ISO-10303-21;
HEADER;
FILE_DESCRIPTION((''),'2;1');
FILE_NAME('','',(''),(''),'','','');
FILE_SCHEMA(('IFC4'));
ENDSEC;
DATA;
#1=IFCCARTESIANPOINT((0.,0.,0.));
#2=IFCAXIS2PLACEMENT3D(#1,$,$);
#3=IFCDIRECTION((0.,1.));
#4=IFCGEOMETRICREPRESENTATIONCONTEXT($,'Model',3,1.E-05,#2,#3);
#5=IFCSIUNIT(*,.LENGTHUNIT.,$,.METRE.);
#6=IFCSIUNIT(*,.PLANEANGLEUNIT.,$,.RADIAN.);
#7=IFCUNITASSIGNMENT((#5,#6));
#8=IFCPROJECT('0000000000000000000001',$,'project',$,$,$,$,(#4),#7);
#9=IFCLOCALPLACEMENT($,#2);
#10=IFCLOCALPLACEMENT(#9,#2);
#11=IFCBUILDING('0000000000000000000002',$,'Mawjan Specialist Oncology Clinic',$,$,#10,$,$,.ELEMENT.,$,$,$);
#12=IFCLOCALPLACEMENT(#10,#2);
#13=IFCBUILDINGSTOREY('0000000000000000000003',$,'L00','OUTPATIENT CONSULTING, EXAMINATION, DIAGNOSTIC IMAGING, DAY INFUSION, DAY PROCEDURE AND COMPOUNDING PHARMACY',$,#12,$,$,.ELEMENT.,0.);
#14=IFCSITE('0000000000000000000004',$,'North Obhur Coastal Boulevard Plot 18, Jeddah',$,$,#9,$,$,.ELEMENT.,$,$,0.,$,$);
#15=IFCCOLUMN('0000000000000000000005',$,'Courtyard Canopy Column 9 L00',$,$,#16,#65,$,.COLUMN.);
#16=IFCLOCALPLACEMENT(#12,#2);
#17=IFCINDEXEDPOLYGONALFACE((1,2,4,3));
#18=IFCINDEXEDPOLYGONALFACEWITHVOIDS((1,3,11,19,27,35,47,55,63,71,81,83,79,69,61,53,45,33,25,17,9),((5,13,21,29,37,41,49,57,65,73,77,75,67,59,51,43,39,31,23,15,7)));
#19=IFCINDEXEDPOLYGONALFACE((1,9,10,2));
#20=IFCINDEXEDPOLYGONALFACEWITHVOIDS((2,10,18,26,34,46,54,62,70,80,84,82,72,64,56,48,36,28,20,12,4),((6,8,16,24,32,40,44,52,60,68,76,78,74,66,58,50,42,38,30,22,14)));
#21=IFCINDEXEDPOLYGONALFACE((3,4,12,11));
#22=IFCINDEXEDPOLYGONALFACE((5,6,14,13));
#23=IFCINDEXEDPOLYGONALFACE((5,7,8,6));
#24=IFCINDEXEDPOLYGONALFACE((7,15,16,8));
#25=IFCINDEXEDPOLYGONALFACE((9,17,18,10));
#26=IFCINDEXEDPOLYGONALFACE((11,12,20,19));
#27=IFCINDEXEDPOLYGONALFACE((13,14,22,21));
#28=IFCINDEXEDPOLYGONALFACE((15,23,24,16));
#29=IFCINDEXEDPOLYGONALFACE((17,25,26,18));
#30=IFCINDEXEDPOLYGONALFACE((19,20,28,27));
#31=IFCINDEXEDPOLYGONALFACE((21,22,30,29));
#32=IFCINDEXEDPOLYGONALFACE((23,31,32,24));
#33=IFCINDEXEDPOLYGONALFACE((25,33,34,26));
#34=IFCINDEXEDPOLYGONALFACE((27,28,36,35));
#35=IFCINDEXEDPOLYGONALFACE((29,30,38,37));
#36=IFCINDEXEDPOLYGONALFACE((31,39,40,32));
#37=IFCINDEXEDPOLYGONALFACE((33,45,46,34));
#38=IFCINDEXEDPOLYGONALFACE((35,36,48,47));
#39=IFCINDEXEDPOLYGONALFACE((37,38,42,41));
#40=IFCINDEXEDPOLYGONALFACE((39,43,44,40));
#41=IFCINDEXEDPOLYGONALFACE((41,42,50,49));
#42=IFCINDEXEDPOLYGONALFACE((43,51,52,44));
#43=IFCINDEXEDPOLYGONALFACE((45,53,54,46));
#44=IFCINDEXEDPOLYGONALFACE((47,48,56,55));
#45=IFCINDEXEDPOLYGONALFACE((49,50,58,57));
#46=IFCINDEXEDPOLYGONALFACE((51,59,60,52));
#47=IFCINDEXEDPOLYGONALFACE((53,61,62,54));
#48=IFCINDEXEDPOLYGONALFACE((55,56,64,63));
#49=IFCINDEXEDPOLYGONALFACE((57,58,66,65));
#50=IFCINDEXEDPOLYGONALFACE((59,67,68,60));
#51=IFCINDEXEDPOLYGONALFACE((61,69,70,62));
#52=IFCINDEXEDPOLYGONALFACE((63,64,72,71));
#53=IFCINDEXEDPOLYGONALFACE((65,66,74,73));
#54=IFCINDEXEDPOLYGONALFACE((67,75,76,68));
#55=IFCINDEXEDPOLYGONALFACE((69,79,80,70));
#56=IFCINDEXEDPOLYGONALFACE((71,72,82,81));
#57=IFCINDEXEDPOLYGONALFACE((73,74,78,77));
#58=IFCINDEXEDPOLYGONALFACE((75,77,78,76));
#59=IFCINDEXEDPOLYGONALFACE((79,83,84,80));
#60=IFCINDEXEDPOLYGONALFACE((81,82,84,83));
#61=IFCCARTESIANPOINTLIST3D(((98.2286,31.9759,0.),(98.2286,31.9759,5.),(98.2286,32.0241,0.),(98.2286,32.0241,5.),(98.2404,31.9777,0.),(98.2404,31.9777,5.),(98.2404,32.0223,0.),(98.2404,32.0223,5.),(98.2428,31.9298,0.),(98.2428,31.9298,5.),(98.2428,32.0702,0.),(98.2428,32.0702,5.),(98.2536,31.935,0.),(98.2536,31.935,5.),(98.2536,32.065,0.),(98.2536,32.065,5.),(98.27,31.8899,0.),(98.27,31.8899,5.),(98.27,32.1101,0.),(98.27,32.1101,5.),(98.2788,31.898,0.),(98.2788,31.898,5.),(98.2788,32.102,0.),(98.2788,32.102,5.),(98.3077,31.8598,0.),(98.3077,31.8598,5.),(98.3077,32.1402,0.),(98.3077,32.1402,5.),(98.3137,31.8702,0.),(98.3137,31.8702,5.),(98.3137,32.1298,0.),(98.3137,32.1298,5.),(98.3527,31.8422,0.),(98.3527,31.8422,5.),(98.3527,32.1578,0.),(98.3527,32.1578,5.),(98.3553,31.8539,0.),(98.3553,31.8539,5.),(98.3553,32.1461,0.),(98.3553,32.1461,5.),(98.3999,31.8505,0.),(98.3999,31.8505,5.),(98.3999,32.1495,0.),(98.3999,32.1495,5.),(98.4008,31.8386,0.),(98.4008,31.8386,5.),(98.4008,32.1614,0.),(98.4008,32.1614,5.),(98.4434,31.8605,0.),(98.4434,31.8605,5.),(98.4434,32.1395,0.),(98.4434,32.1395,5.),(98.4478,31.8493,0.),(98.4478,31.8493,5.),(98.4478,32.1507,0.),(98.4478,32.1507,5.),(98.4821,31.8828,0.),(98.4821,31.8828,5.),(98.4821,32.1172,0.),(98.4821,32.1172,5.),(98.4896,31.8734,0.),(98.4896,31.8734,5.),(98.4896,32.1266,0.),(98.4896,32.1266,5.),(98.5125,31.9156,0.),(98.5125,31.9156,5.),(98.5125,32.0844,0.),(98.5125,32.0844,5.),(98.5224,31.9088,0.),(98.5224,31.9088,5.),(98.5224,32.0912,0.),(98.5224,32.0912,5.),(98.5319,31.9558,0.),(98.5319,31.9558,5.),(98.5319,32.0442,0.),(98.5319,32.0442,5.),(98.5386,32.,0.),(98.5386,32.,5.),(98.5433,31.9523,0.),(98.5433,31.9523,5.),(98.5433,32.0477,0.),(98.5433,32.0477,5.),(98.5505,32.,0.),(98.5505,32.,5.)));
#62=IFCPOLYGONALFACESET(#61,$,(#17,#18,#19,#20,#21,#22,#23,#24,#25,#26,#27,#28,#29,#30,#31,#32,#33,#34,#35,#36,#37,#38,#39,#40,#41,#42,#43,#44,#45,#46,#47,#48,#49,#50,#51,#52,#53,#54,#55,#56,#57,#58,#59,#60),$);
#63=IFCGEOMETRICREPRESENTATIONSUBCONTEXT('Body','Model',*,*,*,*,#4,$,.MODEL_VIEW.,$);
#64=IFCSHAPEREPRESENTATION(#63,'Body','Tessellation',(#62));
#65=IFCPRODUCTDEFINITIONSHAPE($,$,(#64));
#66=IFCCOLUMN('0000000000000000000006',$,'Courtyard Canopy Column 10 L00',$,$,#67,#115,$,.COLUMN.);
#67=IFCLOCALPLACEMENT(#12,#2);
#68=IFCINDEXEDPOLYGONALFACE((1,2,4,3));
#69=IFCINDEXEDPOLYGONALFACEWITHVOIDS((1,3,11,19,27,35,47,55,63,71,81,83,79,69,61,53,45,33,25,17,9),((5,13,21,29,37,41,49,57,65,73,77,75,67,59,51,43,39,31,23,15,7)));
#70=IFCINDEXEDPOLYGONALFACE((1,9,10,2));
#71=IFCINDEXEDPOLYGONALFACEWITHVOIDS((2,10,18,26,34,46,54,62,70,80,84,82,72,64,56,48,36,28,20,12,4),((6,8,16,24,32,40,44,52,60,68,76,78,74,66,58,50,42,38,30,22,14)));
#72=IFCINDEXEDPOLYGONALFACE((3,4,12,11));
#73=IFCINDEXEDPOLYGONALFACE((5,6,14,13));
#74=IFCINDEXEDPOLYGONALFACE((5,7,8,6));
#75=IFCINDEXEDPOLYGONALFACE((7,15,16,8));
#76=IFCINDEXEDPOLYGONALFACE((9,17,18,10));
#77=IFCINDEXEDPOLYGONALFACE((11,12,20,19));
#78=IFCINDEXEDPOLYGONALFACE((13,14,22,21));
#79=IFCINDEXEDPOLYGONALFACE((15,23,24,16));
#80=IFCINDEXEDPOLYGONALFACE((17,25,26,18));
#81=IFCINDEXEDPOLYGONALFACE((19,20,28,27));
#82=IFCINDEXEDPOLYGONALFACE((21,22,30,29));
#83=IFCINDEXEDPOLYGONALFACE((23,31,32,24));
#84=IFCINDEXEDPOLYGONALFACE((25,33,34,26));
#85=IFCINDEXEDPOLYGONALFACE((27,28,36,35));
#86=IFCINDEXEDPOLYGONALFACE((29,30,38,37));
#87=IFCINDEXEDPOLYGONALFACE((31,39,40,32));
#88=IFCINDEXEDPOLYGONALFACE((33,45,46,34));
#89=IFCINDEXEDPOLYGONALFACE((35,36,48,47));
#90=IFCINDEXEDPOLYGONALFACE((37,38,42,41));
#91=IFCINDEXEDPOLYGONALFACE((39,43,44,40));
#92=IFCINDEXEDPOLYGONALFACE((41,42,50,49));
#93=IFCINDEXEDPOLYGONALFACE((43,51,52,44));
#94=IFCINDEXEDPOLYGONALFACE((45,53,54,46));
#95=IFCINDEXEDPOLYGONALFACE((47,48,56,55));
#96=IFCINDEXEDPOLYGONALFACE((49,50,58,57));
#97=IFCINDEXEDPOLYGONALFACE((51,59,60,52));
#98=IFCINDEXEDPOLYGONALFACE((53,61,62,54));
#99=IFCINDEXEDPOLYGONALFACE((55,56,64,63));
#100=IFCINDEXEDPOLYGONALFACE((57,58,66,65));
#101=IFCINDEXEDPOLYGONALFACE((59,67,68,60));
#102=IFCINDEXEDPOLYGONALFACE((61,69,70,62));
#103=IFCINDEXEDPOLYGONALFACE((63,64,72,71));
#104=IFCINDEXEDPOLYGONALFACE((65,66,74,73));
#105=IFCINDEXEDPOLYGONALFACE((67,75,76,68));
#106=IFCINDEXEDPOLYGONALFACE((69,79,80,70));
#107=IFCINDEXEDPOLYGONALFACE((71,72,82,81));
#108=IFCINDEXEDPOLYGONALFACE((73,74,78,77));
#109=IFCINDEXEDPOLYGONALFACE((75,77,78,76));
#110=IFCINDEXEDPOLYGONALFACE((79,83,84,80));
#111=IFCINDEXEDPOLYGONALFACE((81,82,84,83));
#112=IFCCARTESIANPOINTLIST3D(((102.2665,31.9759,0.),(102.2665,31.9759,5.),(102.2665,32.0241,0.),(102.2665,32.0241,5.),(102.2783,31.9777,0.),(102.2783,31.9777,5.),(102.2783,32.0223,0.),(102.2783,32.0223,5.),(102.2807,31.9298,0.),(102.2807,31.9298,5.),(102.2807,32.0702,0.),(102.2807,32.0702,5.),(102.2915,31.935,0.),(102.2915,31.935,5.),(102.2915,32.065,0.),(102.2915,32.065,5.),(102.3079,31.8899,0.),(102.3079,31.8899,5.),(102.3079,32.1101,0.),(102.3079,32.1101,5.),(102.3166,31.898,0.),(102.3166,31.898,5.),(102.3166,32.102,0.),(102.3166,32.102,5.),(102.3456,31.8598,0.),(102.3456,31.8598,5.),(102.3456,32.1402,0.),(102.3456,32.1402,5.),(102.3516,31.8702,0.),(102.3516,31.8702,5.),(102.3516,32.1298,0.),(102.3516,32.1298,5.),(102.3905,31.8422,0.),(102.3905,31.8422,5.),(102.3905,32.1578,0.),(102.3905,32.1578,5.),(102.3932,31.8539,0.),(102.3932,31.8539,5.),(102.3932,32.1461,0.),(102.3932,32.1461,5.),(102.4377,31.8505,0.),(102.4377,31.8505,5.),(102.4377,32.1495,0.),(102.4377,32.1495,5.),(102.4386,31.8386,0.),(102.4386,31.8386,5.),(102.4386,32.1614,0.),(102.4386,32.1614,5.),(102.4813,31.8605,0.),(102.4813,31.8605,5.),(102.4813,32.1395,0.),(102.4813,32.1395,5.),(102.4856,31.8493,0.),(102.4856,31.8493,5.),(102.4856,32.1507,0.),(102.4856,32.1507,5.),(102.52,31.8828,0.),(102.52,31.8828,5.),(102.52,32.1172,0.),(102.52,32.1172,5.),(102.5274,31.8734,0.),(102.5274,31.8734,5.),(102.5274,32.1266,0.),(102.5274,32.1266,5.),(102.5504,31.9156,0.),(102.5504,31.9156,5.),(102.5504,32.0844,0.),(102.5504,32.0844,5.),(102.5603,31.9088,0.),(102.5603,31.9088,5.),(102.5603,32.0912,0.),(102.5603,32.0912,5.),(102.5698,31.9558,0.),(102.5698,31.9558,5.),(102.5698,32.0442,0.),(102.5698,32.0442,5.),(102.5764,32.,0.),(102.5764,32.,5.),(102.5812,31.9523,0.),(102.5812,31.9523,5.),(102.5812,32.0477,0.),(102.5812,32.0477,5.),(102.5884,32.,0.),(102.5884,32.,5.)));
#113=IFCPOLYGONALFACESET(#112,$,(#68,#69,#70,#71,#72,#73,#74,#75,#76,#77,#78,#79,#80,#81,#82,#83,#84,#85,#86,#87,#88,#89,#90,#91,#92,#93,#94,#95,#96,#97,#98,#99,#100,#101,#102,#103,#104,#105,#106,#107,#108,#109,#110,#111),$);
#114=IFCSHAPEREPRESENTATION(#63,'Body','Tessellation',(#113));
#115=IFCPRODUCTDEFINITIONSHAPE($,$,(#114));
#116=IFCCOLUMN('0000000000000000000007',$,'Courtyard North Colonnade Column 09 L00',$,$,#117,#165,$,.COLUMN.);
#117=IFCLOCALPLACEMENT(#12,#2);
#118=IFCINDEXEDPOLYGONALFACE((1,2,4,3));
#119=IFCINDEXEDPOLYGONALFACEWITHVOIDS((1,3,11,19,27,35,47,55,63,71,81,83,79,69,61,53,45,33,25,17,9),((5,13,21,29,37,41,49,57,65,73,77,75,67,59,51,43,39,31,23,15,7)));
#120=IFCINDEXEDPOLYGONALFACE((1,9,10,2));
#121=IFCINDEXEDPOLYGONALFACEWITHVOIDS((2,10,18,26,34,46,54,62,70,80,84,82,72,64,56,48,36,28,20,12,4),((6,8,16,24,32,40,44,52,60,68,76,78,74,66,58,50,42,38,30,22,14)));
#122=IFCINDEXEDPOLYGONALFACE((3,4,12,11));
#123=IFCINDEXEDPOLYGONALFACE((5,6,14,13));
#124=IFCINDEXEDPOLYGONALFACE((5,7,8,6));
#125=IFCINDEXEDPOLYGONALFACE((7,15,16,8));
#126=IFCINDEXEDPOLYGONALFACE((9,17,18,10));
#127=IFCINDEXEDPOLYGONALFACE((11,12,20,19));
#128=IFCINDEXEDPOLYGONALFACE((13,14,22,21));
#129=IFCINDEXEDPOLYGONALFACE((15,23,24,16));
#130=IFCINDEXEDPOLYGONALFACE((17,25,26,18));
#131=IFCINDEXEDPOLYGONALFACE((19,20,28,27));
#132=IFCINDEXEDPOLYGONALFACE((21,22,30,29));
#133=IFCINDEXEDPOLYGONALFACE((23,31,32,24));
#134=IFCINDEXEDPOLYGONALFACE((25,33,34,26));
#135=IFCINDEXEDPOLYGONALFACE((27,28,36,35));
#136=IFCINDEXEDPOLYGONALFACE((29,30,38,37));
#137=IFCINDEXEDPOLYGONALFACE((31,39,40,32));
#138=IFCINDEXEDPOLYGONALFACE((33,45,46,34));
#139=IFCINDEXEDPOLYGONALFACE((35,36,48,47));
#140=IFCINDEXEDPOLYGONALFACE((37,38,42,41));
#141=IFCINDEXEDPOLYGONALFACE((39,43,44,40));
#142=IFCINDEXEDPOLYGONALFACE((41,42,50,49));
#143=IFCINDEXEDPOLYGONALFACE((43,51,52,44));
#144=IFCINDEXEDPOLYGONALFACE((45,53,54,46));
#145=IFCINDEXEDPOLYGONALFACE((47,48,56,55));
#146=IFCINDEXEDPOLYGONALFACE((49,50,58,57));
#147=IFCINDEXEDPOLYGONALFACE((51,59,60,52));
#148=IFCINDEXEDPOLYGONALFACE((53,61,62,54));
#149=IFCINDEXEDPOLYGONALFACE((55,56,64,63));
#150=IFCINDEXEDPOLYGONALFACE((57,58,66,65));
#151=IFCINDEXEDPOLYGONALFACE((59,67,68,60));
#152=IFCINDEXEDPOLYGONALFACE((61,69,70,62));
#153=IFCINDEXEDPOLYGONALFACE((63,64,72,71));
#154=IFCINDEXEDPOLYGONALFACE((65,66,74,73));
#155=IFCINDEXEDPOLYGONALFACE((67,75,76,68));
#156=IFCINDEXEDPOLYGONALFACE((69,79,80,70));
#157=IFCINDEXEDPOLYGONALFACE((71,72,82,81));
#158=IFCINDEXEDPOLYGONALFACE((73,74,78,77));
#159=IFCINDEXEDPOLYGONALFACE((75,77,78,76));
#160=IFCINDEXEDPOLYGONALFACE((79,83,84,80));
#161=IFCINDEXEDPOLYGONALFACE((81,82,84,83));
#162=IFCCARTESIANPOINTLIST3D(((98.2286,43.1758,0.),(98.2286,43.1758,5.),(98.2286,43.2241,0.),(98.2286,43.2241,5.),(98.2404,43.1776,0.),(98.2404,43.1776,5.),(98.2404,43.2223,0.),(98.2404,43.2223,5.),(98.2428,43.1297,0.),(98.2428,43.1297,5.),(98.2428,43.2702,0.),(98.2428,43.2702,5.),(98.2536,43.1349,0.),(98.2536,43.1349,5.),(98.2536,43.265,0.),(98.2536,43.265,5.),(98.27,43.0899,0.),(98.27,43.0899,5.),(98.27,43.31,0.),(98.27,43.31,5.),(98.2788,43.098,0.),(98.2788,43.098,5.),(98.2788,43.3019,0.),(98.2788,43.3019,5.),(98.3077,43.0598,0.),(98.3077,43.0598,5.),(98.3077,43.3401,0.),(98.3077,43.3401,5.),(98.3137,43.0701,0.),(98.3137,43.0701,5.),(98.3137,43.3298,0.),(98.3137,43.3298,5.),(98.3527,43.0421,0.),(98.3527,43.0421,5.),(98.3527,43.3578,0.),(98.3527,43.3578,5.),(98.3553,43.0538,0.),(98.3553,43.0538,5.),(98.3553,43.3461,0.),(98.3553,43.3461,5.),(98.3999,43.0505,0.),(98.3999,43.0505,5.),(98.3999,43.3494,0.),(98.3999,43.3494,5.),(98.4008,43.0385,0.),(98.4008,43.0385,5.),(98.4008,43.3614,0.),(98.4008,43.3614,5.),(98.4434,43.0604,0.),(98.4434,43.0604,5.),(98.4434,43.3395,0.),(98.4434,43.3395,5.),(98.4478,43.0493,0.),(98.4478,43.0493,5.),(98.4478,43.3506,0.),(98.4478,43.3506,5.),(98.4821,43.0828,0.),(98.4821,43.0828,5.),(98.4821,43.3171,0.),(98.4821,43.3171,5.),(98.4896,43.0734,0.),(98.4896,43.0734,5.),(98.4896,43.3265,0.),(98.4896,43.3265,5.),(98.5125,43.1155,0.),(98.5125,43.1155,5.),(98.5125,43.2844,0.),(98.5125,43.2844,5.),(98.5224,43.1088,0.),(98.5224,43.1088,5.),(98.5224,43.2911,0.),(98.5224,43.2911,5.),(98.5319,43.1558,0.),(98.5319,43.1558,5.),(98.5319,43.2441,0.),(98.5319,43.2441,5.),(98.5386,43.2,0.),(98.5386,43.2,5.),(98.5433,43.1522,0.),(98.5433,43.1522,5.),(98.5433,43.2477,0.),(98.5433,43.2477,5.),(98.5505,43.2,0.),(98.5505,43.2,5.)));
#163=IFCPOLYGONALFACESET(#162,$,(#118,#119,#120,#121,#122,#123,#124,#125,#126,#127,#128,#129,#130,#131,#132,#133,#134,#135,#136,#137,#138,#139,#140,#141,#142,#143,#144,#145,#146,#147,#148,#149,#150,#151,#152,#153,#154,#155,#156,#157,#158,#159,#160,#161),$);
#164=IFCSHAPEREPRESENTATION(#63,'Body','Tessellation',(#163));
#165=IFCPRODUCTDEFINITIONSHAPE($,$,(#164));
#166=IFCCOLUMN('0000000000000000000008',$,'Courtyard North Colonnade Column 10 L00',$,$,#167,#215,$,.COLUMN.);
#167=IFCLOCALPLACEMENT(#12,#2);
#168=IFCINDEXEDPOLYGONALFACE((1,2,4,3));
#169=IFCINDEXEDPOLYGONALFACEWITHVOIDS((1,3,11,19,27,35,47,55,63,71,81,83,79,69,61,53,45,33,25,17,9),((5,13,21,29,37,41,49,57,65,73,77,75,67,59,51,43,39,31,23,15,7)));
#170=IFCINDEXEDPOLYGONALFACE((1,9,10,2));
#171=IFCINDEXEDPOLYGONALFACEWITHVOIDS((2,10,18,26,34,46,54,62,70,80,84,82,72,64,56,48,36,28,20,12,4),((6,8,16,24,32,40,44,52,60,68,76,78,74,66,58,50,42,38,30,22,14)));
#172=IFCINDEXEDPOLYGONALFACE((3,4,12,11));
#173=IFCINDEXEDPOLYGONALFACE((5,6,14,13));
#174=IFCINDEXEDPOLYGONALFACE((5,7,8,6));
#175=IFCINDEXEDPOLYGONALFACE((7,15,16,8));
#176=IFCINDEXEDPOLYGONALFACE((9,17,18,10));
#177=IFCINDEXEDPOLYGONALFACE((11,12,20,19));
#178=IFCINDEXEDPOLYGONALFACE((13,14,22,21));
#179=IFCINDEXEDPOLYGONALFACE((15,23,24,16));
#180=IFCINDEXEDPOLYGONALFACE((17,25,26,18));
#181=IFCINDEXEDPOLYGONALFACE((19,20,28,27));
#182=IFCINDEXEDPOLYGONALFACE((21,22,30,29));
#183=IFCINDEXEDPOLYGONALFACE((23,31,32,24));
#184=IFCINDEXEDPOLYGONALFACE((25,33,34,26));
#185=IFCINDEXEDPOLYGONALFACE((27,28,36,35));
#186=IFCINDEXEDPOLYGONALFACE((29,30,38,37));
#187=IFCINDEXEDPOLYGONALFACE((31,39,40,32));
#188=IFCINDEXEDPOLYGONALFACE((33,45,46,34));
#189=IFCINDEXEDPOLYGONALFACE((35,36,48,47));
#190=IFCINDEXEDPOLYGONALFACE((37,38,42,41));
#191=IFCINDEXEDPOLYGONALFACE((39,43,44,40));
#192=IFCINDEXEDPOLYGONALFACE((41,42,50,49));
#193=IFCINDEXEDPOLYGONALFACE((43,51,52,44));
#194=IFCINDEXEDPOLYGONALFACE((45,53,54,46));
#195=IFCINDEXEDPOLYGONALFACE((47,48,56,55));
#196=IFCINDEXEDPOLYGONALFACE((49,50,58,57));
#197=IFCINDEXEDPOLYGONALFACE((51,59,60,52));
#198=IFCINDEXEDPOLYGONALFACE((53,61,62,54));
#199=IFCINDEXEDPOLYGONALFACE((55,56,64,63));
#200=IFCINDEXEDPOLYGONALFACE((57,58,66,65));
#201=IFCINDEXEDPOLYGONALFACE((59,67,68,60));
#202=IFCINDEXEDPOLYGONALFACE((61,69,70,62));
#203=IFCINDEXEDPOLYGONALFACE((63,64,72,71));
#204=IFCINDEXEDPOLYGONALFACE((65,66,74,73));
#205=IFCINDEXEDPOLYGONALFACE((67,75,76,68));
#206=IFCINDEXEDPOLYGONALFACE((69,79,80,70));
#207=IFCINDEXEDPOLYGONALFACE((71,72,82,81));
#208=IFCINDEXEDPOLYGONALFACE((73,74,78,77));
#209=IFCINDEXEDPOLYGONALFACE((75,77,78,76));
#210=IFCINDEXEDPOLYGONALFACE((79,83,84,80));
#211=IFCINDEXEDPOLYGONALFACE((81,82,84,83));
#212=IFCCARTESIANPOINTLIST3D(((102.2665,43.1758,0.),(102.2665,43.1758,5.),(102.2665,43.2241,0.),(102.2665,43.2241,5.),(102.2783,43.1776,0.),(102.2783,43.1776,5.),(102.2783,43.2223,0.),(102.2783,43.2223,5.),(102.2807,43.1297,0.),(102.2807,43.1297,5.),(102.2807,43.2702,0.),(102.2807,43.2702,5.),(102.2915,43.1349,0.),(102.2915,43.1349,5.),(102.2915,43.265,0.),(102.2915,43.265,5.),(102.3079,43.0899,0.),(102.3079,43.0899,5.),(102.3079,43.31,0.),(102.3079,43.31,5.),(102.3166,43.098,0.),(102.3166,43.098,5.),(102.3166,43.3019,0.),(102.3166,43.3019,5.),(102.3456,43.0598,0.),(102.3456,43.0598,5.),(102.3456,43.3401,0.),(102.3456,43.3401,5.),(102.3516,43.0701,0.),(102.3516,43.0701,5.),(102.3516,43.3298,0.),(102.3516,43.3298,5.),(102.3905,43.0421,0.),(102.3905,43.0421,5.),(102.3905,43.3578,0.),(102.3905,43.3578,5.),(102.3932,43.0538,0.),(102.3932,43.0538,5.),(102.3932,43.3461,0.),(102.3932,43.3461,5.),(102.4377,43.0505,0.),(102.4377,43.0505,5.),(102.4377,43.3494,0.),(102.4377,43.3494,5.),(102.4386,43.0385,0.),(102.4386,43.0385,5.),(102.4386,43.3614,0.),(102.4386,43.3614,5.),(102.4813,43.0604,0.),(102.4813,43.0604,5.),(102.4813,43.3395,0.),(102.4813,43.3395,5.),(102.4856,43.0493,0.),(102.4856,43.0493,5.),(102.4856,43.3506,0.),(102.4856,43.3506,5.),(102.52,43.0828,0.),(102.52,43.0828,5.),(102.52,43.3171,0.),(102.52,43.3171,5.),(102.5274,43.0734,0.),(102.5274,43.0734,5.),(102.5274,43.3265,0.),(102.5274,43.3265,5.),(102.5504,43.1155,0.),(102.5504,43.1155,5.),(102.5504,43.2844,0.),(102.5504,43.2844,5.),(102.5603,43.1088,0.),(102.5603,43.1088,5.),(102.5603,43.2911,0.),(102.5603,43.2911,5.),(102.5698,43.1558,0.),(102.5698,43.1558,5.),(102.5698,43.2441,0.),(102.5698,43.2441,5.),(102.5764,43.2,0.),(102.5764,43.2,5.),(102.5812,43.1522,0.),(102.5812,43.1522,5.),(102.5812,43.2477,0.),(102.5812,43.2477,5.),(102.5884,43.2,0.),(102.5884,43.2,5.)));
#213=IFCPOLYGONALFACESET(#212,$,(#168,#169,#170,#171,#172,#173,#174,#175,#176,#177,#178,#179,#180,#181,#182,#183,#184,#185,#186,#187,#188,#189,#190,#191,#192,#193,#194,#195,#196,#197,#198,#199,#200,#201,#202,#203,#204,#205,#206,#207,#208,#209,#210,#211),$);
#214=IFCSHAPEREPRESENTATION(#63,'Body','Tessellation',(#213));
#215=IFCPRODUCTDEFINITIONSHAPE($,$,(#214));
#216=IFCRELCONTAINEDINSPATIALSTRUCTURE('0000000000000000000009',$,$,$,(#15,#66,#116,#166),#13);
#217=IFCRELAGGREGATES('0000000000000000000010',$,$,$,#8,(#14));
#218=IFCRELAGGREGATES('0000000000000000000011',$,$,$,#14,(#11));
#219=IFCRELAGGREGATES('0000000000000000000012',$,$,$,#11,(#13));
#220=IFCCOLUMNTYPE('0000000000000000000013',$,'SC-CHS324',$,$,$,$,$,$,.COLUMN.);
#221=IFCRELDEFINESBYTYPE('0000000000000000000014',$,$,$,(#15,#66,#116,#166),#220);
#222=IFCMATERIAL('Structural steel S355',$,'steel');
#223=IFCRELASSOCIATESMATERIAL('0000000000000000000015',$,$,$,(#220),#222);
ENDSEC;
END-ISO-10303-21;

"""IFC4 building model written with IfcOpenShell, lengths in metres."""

from ifc_helpers import new_model, si_unit, direction, frame, origin, origin_2d, place, context, subcontext, project, spatial, hollow_circle, extrude, material, material_profile, profile_set, type_object, element, save


model = new_model("IFC4")

# Units and contexts
model_context = context("Model", 3, precision=1e-05, world=origin(), true_north=direction((0.0, 1.0)))
body_context = subcontext(model_context, "Body", "Model", "MODEL_VIEW")
ifc_project = project(units=[si_unit("LENGTHUNIT", "METRE"), si_unit("PLANEANGLEUNIT", "RADIAN")], contexts=[model_context])

# Site, building, storey
site_placement = place(None, origin())
site = spatial("IfcSite", under=ifc_project, at=site_placement, Name="North Obhur Coastal Boulevard Plot 18, Jeddah", CompositionType="ELEMENT", RefElevation=0.0)
building_placement = place(site_placement, origin())
building = spatial("IfcBuilding", under=site, at=building_placement, Name="Mawjan Specialist Oncology Clinic", CompositionType="ELEMENT")
storey_placement = place(building_placement, origin())
storey = spatial("IfcBuildingStorey", under=building, at=storey_placement, Name="L00", Description="OUTPATIENT CONSULTING, EXAMINATION, DIAGNOSTIC IMAGING, DAY INFUSION, DAY PROCEDURE AND COMPOUNDING PHARMACY", CompositionType="ELEMENT", Elevation=0.0)

# Columns
ifc_material_1 = material(Name="Structural steel S355", Category="steel")
ifc_material_profile_1 = material_profile(ifc_material_1, hollow_circle(Radius=0.1619, WallThickness=0.012, at=origin_2d()), Name="CHS 323.9x12", Category="steel")
ifc_profile_set_1 = profile_set([ifc_material_profile_1], Name="Structural steel S355")
column_type_1 = type_object("IfcColumnType", Name="SC-CHS324", PredefinedType="COLUMN", material=ifc_profile_set_1)
for number, where, z_axis, x_axis, name in (
    (1, (98.3887, 32.0, 0.0), (0.0, 0.0, 1.0), (1.0, 0.0, 0.0), "Courtyard Canopy Column 9 L00"),
    (2, (102.4265, 32.0, 0.0), (0.0, 0.0, 1.0), (1.0, 0.0, 0.0), "Courtyard Canopy Column 10 L00"),
    (3, (98.3887, 43.2, 0.0), (0.0, 0.0, 1.0), (1.0, 0.0, 0.0), "Courtyard North Colonnade Column 09 L00"),
    (4, (102.4265, 43.2, 0.0), (0.0, 0.0, 1.0), (1.0, 0.0, 0.0), "Courtyard North Colonnade Column 10 L00"),
):
    element("IfcColumn", number, at=place(storey_placement, frame(where, z_axis=z_axis, x_axis=x_axis)), inside=storey, type_object=column_type_1, Name=name, PredefinedType="COLUMN", context=body_context, shape_type="SweptSolid", body=[
        extrude(hollow_circle(Radius=0.1619, WallThickness=0.012, at=origin_2d()), origin(), (0.0, 0.0, 1.0), 5.0),
    ])

save(model, "model.ifc")
